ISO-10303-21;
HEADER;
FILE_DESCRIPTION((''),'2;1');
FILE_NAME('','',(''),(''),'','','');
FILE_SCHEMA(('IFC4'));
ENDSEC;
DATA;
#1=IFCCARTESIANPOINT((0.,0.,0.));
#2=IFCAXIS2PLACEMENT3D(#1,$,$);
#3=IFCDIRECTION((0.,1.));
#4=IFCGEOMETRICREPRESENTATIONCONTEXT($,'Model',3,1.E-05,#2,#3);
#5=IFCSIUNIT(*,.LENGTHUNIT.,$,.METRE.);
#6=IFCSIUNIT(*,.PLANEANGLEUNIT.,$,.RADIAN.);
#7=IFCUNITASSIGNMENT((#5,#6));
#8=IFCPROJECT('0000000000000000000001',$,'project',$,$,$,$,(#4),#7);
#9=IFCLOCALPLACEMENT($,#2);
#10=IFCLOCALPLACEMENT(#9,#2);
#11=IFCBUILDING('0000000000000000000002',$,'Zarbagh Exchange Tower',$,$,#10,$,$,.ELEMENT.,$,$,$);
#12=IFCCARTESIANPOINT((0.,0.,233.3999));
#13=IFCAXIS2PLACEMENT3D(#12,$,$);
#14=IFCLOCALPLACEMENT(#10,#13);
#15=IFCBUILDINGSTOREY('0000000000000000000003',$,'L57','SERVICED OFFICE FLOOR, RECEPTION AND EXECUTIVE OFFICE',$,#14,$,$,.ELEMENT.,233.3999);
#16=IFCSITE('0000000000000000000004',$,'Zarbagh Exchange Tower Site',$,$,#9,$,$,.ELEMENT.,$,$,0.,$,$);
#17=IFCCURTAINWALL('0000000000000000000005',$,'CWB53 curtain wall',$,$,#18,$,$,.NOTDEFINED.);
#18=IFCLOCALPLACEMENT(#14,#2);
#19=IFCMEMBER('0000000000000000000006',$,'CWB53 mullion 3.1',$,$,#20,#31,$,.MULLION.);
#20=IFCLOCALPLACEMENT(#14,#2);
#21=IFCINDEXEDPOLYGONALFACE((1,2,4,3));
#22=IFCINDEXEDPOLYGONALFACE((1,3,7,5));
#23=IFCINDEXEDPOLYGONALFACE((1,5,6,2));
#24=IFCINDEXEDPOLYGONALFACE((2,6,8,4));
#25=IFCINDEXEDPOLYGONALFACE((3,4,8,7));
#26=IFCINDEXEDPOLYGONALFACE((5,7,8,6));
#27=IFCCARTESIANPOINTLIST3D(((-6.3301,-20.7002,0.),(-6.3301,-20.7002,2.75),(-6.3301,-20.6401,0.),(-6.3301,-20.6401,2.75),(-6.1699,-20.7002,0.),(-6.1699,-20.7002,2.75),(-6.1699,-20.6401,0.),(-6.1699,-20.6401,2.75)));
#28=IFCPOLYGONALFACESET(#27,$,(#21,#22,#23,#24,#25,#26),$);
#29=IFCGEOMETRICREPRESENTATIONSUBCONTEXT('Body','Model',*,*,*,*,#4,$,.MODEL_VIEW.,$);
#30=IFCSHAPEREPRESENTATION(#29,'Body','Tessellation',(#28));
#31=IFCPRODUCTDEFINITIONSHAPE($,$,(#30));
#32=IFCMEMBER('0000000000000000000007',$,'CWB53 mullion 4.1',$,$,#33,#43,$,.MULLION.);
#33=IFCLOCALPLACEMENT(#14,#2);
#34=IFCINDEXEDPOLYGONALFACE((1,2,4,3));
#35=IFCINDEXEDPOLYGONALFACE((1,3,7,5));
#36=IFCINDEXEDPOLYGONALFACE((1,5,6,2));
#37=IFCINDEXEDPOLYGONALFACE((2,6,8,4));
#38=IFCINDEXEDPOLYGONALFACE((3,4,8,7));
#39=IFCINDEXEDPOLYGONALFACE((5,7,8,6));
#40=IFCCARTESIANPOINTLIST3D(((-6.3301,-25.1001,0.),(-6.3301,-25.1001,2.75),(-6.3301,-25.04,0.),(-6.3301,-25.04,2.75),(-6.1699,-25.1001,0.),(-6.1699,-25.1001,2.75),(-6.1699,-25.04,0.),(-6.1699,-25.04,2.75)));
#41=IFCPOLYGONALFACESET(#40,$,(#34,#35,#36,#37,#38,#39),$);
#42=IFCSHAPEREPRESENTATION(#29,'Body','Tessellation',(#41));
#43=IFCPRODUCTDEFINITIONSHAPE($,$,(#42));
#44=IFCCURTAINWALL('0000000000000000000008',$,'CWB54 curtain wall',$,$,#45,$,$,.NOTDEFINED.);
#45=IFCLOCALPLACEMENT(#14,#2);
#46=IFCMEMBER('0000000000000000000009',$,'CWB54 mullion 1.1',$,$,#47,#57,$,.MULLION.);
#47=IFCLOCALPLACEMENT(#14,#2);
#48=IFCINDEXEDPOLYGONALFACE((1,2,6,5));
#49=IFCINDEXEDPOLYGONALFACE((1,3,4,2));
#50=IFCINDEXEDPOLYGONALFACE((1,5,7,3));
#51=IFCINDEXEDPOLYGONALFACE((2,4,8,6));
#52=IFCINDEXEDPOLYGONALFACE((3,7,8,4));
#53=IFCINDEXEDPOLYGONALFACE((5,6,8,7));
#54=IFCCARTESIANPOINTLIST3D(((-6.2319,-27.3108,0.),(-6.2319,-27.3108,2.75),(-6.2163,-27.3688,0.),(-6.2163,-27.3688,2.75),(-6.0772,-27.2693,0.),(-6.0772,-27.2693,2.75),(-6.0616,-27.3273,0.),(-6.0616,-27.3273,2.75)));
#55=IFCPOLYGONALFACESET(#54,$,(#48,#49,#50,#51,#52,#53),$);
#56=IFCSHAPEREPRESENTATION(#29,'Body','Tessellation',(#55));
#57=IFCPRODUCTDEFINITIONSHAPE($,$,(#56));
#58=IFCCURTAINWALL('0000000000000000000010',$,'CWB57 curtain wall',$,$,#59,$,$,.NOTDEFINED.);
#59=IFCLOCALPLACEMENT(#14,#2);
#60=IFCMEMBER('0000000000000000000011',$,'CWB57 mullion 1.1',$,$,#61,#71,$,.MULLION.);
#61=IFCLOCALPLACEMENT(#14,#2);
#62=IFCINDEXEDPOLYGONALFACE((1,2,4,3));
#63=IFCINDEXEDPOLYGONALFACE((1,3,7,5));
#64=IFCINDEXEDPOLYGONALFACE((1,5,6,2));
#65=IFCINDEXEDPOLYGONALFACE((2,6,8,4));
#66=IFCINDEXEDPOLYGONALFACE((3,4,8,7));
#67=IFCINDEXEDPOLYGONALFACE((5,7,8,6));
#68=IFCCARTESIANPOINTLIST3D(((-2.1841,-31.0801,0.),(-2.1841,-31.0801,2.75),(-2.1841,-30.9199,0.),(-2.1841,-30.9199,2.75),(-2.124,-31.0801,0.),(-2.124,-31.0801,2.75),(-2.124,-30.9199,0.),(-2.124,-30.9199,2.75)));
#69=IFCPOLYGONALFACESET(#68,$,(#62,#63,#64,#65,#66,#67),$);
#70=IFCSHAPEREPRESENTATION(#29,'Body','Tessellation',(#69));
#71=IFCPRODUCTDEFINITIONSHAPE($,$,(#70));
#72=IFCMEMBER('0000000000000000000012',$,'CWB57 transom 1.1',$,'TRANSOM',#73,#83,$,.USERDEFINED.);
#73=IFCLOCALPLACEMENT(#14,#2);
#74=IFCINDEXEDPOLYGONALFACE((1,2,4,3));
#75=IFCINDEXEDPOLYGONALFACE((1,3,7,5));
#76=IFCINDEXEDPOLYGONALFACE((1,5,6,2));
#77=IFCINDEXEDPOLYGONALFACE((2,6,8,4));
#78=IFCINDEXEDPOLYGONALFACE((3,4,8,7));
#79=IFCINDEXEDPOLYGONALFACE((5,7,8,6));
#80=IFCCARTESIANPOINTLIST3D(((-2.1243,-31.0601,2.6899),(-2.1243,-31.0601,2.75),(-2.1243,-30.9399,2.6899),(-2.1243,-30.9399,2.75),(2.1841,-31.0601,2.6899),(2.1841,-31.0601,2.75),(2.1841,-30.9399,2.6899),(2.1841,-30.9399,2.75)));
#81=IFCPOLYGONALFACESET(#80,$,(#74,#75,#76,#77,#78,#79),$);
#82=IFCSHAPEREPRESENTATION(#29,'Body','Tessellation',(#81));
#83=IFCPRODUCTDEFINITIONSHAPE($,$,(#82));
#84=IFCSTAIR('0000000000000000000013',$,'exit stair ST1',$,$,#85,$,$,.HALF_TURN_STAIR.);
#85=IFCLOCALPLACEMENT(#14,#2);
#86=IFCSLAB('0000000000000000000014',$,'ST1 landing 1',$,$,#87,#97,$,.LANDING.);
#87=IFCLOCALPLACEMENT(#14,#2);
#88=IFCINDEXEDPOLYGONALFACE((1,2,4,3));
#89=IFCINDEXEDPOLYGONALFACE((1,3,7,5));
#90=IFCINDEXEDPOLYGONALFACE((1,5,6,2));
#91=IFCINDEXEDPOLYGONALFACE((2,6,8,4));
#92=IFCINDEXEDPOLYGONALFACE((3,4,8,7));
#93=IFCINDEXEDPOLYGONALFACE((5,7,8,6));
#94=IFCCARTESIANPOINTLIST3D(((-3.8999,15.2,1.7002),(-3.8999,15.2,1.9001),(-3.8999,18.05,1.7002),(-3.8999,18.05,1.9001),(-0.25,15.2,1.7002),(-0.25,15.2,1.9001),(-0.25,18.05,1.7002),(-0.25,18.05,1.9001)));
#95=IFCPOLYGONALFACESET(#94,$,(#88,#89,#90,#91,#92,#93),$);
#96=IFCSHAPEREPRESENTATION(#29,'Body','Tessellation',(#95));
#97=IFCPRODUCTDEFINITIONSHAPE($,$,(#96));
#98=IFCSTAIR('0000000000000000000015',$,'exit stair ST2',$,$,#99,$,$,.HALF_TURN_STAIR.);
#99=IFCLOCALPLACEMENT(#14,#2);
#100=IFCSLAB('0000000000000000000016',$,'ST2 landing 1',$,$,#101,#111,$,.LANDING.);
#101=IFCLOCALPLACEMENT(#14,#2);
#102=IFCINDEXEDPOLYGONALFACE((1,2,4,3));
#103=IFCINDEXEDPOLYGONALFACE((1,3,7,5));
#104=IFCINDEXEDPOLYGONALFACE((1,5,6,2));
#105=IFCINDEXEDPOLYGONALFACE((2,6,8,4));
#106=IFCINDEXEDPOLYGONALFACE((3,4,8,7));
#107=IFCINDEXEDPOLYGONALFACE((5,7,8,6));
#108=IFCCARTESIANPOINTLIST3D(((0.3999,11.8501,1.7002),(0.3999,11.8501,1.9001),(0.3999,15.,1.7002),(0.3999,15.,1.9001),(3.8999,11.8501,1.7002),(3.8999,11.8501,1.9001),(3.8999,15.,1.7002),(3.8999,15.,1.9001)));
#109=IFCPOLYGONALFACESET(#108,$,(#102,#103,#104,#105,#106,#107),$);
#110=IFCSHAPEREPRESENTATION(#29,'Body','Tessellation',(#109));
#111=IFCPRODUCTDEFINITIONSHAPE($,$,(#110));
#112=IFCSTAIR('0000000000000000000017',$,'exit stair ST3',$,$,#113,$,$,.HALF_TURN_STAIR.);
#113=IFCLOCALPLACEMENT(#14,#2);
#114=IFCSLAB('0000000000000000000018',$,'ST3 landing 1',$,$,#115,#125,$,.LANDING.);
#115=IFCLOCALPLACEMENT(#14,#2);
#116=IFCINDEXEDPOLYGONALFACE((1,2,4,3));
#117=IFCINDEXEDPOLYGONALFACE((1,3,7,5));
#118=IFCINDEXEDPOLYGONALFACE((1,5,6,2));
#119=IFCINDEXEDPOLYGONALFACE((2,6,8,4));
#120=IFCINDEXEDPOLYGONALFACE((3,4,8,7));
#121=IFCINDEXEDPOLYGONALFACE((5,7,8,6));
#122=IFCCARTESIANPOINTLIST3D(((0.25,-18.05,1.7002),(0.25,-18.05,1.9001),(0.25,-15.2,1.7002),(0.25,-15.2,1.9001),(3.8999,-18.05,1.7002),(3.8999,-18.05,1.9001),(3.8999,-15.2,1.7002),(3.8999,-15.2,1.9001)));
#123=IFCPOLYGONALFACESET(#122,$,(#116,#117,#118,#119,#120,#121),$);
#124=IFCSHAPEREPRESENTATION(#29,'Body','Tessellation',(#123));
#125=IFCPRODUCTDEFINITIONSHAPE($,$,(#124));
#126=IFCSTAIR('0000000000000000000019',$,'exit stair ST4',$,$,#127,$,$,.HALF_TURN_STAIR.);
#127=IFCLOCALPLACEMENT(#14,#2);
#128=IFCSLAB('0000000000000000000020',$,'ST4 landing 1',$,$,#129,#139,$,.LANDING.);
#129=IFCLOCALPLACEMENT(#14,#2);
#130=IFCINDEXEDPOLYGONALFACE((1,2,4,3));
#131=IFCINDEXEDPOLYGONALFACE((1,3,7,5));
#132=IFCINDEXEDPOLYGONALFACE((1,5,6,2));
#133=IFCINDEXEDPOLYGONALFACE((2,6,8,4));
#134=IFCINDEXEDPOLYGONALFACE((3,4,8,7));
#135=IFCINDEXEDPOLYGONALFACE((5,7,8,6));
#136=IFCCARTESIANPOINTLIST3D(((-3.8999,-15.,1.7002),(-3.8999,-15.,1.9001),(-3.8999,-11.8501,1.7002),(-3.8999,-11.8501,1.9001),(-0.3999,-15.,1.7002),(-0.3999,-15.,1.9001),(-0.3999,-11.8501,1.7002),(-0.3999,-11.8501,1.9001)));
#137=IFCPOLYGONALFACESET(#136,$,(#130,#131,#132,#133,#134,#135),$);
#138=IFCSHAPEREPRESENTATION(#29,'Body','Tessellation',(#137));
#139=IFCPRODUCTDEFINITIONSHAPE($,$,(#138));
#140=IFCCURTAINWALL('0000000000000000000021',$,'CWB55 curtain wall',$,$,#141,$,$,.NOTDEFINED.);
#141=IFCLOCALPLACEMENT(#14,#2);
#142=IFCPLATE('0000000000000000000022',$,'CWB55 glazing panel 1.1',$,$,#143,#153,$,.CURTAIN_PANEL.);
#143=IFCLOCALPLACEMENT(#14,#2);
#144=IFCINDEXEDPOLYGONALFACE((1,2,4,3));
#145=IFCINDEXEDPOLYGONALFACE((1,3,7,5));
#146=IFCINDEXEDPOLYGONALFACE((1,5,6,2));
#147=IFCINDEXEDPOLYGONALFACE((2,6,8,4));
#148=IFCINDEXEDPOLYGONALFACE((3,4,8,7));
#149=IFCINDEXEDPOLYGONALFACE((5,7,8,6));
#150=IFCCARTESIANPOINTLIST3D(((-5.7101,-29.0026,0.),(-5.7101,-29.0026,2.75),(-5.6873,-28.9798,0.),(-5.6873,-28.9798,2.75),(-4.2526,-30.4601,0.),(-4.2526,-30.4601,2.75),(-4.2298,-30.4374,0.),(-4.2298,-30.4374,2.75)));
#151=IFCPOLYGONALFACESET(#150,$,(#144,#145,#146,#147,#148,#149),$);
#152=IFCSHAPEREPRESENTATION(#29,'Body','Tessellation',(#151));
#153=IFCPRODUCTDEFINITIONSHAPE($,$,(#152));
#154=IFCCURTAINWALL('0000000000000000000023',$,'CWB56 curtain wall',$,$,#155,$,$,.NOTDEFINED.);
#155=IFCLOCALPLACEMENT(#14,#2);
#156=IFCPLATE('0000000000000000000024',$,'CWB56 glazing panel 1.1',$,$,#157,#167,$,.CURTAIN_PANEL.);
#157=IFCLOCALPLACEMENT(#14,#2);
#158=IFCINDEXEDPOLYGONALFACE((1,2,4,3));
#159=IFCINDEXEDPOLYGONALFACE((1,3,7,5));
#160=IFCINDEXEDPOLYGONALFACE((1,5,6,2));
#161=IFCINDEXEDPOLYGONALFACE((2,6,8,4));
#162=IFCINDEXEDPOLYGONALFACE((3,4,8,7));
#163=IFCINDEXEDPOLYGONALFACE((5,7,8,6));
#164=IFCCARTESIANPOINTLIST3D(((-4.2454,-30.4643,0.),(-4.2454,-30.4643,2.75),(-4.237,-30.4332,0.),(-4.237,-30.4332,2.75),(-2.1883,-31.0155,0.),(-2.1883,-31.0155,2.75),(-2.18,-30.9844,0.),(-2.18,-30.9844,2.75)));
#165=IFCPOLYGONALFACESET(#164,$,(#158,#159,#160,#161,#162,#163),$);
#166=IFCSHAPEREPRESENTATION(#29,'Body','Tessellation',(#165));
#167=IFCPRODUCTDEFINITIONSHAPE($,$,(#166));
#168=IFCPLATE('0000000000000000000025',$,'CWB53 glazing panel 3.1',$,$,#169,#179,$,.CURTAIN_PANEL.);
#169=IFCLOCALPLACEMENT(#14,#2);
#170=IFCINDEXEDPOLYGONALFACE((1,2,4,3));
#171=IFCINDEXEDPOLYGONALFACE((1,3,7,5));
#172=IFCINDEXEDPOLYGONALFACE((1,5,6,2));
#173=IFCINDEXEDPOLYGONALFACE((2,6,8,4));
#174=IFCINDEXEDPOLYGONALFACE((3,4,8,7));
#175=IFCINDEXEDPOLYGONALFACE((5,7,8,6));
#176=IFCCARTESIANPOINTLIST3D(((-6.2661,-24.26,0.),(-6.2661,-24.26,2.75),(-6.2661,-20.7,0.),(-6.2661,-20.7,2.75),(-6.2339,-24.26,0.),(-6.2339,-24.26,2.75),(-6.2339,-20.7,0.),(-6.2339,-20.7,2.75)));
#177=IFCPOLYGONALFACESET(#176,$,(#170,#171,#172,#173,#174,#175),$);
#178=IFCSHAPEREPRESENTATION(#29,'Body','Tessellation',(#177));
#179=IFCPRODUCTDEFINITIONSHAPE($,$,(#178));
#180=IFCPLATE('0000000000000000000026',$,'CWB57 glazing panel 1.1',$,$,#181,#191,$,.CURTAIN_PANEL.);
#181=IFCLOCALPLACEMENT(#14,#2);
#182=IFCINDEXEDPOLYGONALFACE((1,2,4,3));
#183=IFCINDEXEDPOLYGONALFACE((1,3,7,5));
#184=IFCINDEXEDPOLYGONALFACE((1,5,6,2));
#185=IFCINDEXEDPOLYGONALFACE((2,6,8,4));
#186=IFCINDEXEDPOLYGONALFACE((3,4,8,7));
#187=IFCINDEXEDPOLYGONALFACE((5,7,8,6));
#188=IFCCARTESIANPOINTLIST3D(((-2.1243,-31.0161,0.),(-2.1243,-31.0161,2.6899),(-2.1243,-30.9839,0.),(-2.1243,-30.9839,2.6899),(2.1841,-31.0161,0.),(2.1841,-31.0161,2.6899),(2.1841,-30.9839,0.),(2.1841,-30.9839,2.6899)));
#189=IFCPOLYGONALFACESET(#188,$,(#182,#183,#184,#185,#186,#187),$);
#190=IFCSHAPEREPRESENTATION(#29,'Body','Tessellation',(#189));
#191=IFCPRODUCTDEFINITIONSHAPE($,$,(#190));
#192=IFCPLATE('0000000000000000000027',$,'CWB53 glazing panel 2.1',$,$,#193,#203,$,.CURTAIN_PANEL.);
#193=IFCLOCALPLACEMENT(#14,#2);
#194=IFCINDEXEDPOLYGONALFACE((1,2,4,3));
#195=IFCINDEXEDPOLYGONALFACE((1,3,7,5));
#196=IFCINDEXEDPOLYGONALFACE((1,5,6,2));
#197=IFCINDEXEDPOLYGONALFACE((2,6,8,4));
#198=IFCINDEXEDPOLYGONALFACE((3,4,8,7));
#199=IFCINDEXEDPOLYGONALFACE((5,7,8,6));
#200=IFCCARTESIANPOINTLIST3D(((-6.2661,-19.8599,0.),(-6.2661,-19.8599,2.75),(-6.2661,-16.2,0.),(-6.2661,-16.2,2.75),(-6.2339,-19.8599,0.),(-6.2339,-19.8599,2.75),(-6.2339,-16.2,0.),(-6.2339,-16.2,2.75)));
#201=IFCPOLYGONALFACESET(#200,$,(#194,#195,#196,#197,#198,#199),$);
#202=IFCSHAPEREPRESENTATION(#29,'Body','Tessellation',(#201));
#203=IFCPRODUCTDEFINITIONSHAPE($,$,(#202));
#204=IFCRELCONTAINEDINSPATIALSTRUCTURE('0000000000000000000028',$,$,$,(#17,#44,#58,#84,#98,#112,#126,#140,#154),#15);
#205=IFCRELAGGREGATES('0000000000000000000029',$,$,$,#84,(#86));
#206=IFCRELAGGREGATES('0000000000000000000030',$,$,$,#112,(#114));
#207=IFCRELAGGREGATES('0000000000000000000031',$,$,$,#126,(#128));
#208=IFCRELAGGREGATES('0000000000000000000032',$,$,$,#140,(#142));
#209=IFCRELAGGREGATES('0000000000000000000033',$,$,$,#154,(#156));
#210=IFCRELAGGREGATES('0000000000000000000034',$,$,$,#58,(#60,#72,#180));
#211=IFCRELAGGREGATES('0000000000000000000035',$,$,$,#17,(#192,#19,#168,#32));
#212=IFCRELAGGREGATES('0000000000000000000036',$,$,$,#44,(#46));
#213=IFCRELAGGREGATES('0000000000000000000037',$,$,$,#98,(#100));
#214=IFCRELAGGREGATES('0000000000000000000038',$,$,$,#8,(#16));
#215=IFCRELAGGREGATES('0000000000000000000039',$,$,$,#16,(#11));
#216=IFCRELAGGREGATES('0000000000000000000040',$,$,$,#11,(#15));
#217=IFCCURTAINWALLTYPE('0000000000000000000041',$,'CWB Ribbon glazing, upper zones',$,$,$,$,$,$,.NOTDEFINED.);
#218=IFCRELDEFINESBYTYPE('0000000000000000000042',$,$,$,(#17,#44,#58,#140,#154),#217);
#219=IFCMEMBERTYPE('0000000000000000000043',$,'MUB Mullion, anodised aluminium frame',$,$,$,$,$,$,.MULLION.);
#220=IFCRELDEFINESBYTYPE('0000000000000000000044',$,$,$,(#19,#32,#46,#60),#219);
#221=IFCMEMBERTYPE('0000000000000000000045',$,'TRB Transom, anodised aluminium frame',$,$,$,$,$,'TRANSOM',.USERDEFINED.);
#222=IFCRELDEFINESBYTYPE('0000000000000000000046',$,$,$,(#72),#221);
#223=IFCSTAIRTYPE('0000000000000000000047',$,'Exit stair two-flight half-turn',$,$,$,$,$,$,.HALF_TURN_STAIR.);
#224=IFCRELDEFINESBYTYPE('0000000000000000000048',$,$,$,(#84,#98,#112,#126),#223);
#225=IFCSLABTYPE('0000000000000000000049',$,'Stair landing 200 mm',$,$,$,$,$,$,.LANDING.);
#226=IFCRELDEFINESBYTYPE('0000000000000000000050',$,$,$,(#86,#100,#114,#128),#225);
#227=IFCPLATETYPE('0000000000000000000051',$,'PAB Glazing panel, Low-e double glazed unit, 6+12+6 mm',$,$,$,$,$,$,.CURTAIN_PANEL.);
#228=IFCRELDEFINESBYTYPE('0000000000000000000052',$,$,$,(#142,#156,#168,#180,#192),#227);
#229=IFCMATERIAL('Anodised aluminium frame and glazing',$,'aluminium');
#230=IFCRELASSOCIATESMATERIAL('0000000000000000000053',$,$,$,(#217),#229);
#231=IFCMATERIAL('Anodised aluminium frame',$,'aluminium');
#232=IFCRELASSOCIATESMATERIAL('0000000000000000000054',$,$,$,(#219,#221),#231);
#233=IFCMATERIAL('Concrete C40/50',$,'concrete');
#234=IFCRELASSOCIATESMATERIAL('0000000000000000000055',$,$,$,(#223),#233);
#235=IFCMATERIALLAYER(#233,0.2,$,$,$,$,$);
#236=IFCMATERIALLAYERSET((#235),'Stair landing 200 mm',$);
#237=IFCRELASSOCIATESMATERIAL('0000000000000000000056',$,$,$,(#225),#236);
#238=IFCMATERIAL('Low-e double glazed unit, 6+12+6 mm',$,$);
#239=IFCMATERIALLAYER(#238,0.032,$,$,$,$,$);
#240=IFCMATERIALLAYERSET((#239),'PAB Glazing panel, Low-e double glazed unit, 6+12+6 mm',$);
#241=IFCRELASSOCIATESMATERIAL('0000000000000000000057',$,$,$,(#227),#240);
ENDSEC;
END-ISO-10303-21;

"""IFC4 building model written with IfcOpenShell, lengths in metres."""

from ifc_helpers import new_model, si_unit, direction, frame, origin, place, context, subcontext, project, spatial, polyline, outline, extrude, source, transform, mapped, material, layer, layer_set, type_object, element, aggregate, save


model = new_model("IFC4")

# Units and contexts
model_context = context("Model", 3, precision=1e-05, world=origin(), true_north=direction((0.0, 1.0)))
body_context = subcontext(model_context, "Body", "Model", "MODEL_VIEW")
ifc_project = project(units=[si_unit("LENGTHUNIT", "METRE"), si_unit("PLANEANGLEUNIT", "RADIAN")], contexts=[model_context])

# Site, building, storey
site_placement = place(None, origin())
site = spatial("IfcSite", under=ifc_project, at=site_placement, Name="Zarbagh Exchange Tower Site", CompositionType="ELEMENT", RefElevation=0.0)
building_placement = place(site_placement, origin())
building = spatial("IfcBuilding", under=site, at=building_placement, Name="Zarbagh Exchange Tower", CompositionType="ELEMENT")
storey_placement = place(building_placement, frame((0.0, 0.0, 233.3999)))
storey = spatial("IfcBuildingStorey", under=building, at=storey_placement, Name="L57", Description="SERVICED OFFICE FLOOR, RECEPTION AND EXECUTIVE OFFICE", CompositionType="ELEMENT", Elevation=233.3999)

# Curtain wall, members
ifc_material_1 = material(Name="Anodised aluminium frame and glazing", Category="aluminium")
curtain_wall_type = type_object("IfcCurtainWallType", Name="CWB Ribbon glazing, upper zones", PredefinedType="NOTDEFINED", material=ifc_material_1)
curtain_wall_1_placement = place(storey_placement, origin())
curtain_wall_1 = element("IfcCurtainWall", 1, at=curtain_wall_1_placement, inside=storey, type_object=curtain_wall_type, Name="CWB53 curtain wall", PredefinedType="NOTDEFINED")
ifc_material_2 = material(Name="Anodised aluminium frame", Category="aluminium")
member_type_1 = type_object("IfcMemberType", Name="MUB Mullion, anodised aluminium frame", PredefinedType="MULLION", material=ifc_material_2)
shared_shape_1 = source(origin(), body_context, "Body", "SweptSolid", [
    extrude(outline(polyline([(0.0, -0.0801), (0.0601, -0.0801), (0.0601, 0.0801), (0.0, 0.0801), (0.0, -0.0801)])), origin(), (0.0, 0.0, 1.0), 2.75),
])
placement = place(storey_placement, origin())
member_1 = element("IfcMember", 2, at=placement, type_object=member_type_1, Name="CWB53 mullion 3.1", PredefinedType="MULLION", context=body_context, shape_type="MappedRepresentation", body=[
    mapped(shared_shape_1, transform((-6.25, -20.6401, 0.0), x_axis=(0.0, -1.0, 0.0), y_axis=(1.0, 0.0, 0.0), z_axis=(0.0, 0.0, 1.0))),
])
member_2 = element("IfcMember", 3, at=placement, type_object=member_type_1, Name="CWB53 mullion 4.1", PredefinedType="MULLION", context=body_context, shape_type="MappedRepresentation", body=[
    mapped(shared_shape_1, transform((-6.25, -25.04, 0.0), x_axis=(0.0, -1.0, 0.0), y_axis=(1.0, 0.0, 0.0), z_axis=(0.0, 0.0, 1.0))),
])

# Curtain wall, member
curtain_wall_2_placement = place(storey_placement, origin())
curtain_wall_2 = element("IfcCurtainWall", 4, at=curtain_wall_2_placement, inside=storey, type_object=curtain_wall_type, Name="CWB54 curtain wall", PredefinedType="NOTDEFINED")
member_3 = element("IfcMember", 5, at=placement, type_object=member_type_1, Name="CWB54 mullion 1.1", PredefinedType="MULLION", context=body_context, shape_type="MappedRepresentation", body=[
    mapped(shared_shape_1, transform((-6.1545, -27.29, 0.0), x_axis=(0.258825, -0.965924, 0.0), y_axis=(0.965924, 0.258825, 0.0), z_axis=(0.0, 0.0, 1.0))),
])

# Curtain wall, members
curtain_wall_3_placement = place(storey_placement, origin())
curtain_wall_3 = element("IfcCurtainWall", 6, at=curtain_wall_3_placement, inside=storey, type_object=curtain_wall_type, Name="CWB57 curtain wall", PredefinedType="NOTDEFINED")
member_4 = element("IfcMember", 7, at=placement, type_object=member_type_1, Name="CWB57 mullion 1.1", PredefinedType="MULLION", context=body_context, shape_type="MappedRepresentation", body=[
    mapped(shared_shape_1, transform((-2.1841, -31.0, 0.0), x_axis=(1.0, 0.0, 0.0), y_axis=(0.0, 1.0, 0.0), z_axis=(0.0, 0.0, 1.0))),
])
member_type_2 = type_object("IfcMemberType", Name="TRB Transom, anodised aluminium frame", ElementType="TRANSOM", PredefinedType="USERDEFINED", material=ifc_material_2)
shared_shape_2 = source(origin(), body_context, "Body", "SweptSolid", [
    extrude(outline(polyline([(-0.0601, -0.0601), (0.0, -0.0601), (0.0, 0.0601), (-0.0601, 0.0601), (-0.0601, -0.0601)])), origin(), (0.0, 0.0, 1.0), 4.3083),
])
member_5 = element("IfcMember", 8, at=placement, type_object=member_type_2, Name="CWB57 transom 1.1", ObjectType="TRANSOM", PredefinedType="USERDEFINED", context=body_context, shape_type="MappedRepresentation", body=[
    mapped(shared_shape_2, transform((-2.1243, -31.0, 2.75), x_axis=(0.0, 0.0, 1.0), y_axis=(0.0, -1.0, 0.0), z_axis=(1.0, 0.0, 0.0))),
])

# Stairs, slabs
ifc_material_3 = material(Name="Concrete C40/50", Category="concrete")
stair_type = type_object("IfcStairType", Name="Exit stair two-flight half-turn", PredefinedType="HALF_TURN_STAIR", material=ifc_material_3)
stair_1_placement = place(storey_placement, origin())
stair_1 = element("IfcStair", 9, at=stair_1_placement, inside=storey, type_object=stair_type, Name="exit stair ST1", PredefinedType="HALF_TURN_STAIR")
ifc_layer_1 = layer(ifc_material_3, 0.2)
ifc_layer_set_1 = layer_set([ifc_layer_1], Name="Stair landing 200 mm")
slab_type = type_object("IfcSlabType", Name="Stair landing 200 mm", PredefinedType="LANDING", material=ifc_layer_set_1)
slab_1_placement = place(storey_placement, frame((0.0, 0.0, 1.7002)))
slab_1 = element("IfcSlab", 10, at=slab_1_placement, type_object=slab_type, Name="ST1 landing 1", PredefinedType="LANDING", context=body_context, shape_type="SweptSolid", body=[
    extrude(outline(polyline([(-0.25, 18.05), (-3.8999, 18.05), (-3.8999, 15.2), (-0.25, 15.2), (-0.25, 18.05)])), origin(), (0.0, 0.0, 1.0), 0.2),
])
aggregate(stair_1, [slab_1])
stair_2_placement = place(storey_placement, origin())
stair_2 = element("IfcStair", 11, at=stair_2_placement, inside=storey, type_object=stair_type, Name="exit stair ST2", PredefinedType="HALF_TURN_STAIR")
slab_2_placement = place(storey_placement, frame((0.0, 0.0, 1.7002)))
slab_2 = element("IfcSlab", 12, at=slab_2_placement, type_object=slab_type, Name="ST2 landing 1", PredefinedType="LANDING", context=body_context, shape_type="SweptSolid", body=[
    extrude(outline(polyline([(0.3999, 11.8501), (3.8999, 11.8501), (3.8999, 15.0), (0.3999, 15.0), (0.3999, 11.8501)])), origin(), (0.0, 0.0, 1.0), 0.2),
])
stair_3_placement = place(storey_placement, origin())
stair_3 = element("IfcStair", 13, at=stair_3_placement, inside=storey, type_object=stair_type, Name="exit stair ST3", PredefinedType="HALF_TURN_STAIR")
slab_3_placement = place(storey_placement, frame((0.0, 0.0, 1.7002)))
slab_3 = element("IfcSlab", 14, at=slab_3_placement, type_object=slab_type, Name="ST3 landing 1", PredefinedType="LANDING", context=body_context, shape_type="SweptSolid", body=[
    extrude(outline(polyline([(0.25, -18.05), (3.8999, -18.05), (3.8999, -15.2), (0.25, -15.2), (0.25, -18.05)])), origin(), (0.0, 0.0, 1.0), 0.2),
])
aggregate(stair_3, [slab_3])
stair_4_placement = place(storey_placement, origin())
stair_4 = element("IfcStair", 15, at=stair_4_placement, inside=storey, type_object=stair_type, Name="exit stair ST4", PredefinedType="HALF_TURN_STAIR")
slab_4_placement = place(storey_placement, frame((0.0, 0.0, 1.7002)))
slab_4 = element("IfcSlab", 16, at=slab_4_placement, type_object=slab_type, Name="ST4 landing 1", PredefinedType="LANDING", context=body_context, shape_type="SweptSolid", body=[
    extrude(outline(polyline([(-0.3999, -11.8501), (-3.8999, -11.8501), (-3.8999, -15.0), (-0.3999, -15.0), (-0.3999, -11.8501)])), origin(), (0.0, 0.0, 1.0), 0.2),
])
aggregate(stair_4, [slab_4])

# Curtain walls, plates
curtain_wall_4_placement = place(storey_placement, origin())
curtain_wall_4 = element("IfcCurtainWall", 17, at=curtain_wall_4_placement, inside=storey, type_object=curtain_wall_type, Name="CWB55 curtain wall", PredefinedType="NOTDEFINED")
ifc_material_4 = material(Name="Low-e double glazed unit, 6+12+6 mm")
ifc_layer_2 = layer(ifc_material_4, 0.032)
ifc_layer_set_2 = layer_set([ifc_layer_2], Name="PAB Glazing panel, Low-e double glazed unit, 6+12+6 mm")
plate_type = type_object("IfcPlateType", Name="PAB Glazing panel, Low-e double glazed unit, 6+12+6 mm", PredefinedType="CURTAIN_PANEL", material=ifc_layer_set_2)
shared_shape_3 = source(origin(), body_context, "Body", "SweptSolid", [
    extrude(outline(polyline([(0.0, -0.0161), (2.0613, -0.0161), (2.0613, 0.0161), (0.0, 0.0161), (0.0, -0.0161)])), origin(), (0.0, 0.0, 1.0), 2.75),
])
plate_1 = element("IfcPlate", 18, at=placement, type_object=plate_type, Name="CWB55 glazing panel 1.1", PredefinedType="CURTAIN_PANEL", context=body_context, shape_type="MappedRepresentation", body=[
    mapped(shared_shape_3, transform((-5.6987, -28.9912, 0.0), x_axis=(0.707107, -0.707107, 0.0), y_axis=(0.707107, 0.707107, 0.0), z_axis=(0.0, 0.0, 1.0))),
])
aggregate(curtain_wall_4, [plate_1])
curtain_wall_5_placement = place(storey_placement, origin())
curtain_wall_5 = element("IfcCurtainWall", 19, at=curtain_wall_5_placement, inside=storey, type_object=curtain_wall_type, Name="CWB56 curtain wall", PredefinedType="NOTDEFINED")
shared_shape_4 = source(origin(), body_context, "Body", "SweptSolid", [
    extrude(outline(polyline([(0.0, -0.0161), (2.1296, -0.0161), (2.1296, 0.0161), (0.0, 0.0161), (0.0, -0.0161)])), origin(), (0.0, 0.0, 1.0), 2.75),
])
plate_2 = element("IfcPlate", 20, at=placement, type_object=plate_type, Name="CWB56 glazing panel 1.1", PredefinedType="CURTAIN_PANEL", context=body_context, shape_type="MappedRepresentation", body=[
    mapped(shared_shape_4, transform((-4.2412, -30.4487, 0.0), x_axis=(0.965924, -0.258825, 0.0), y_axis=(0.258825, 0.965924, 0.0), z_axis=(0.0, 0.0, 1.0))),
])
aggregate(curtain_wall_5, [plate_2])

# Plates
shared_shape_5 = source(origin(), body_context, "Body", "SweptSolid", [
    extrude(outline(polyline([(0.0, -0.0161), (3.5601, -0.0161), (3.5601, 0.0161), (0.0, 0.0161), (0.0, -0.0161)])), origin(), (0.0, 0.0, 1.0), 2.75),
])
plate_3 = element("IfcPlate", 21, at=placement, type_object=plate_type, Name="CWB53 glazing panel 3.1", PredefinedType="CURTAIN_PANEL", context=body_context, shape_type="MappedRepresentation", body=[
    mapped(shared_shape_5, transform((-6.25, -20.7, 0.0), x_axis=(0.0, -1.0, 0.0), y_axis=(1.0, 0.0, 0.0), z_axis=(0.0, 0.0, 1.0))),
])
shared_shape_6 = source(origin(), body_context, "Body", "SweptSolid", [
    extrude(outline(polyline([(0.0, -0.0161), (4.3083, -0.0161), (4.3083, 0.0161), (0.0, 0.0161), (0.0, -0.0161)])), origin(), (0.0, 0.0, 1.0), 2.6899),
])
plate_4 = element("IfcPlate", 22, at=placement, type_object=plate_type, Name="CWB57 glazing panel 1.1", PredefinedType="CURTAIN_PANEL", context=body_context, shape_type="MappedRepresentation", body=[
    mapped(shared_shape_6, transform((-2.1243, -31.0, 0.0), x_axis=(1.0, 0.0, 0.0), y_axis=(0.0, 1.0, 0.0), z_axis=(0.0, 0.0, 1.0))),
])
aggregate(curtain_wall_3, [member_4, member_5, plate_4])
shared_shape_7 = source(origin(), body_context, "Body", "SweptSolid", [
    extrude(outline(polyline([(0.0, -0.0161), (3.6599, -0.0161), (3.6599, 0.0161), (0.0, 0.0161), (0.0, -0.0161)])), origin(), (0.0, 0.0, 1.0), 2.75),
])
plate_5 = element("IfcPlate", 23, at=placement, type_object=plate_type, Name="CWB53 glazing panel 2.1", PredefinedType="CURTAIN_PANEL", context=body_context, shape_type="MappedRepresentation", body=[
    mapped(shared_shape_7, transform((-6.25, -16.2, 0.0), x_axis=(0.0, -1.0, 0.0), y_axis=(1.0, 0.0, 0.0), z_axis=(0.0, 0.0, 1.0))),
])
aggregate(curtain_wall_1, [plate_5, member_1, plate_3, member_2])
aggregate(curtain_wall_2, [member_3])

aggregate(stair_2, [slab_2])

save(model, "model.ifc")
